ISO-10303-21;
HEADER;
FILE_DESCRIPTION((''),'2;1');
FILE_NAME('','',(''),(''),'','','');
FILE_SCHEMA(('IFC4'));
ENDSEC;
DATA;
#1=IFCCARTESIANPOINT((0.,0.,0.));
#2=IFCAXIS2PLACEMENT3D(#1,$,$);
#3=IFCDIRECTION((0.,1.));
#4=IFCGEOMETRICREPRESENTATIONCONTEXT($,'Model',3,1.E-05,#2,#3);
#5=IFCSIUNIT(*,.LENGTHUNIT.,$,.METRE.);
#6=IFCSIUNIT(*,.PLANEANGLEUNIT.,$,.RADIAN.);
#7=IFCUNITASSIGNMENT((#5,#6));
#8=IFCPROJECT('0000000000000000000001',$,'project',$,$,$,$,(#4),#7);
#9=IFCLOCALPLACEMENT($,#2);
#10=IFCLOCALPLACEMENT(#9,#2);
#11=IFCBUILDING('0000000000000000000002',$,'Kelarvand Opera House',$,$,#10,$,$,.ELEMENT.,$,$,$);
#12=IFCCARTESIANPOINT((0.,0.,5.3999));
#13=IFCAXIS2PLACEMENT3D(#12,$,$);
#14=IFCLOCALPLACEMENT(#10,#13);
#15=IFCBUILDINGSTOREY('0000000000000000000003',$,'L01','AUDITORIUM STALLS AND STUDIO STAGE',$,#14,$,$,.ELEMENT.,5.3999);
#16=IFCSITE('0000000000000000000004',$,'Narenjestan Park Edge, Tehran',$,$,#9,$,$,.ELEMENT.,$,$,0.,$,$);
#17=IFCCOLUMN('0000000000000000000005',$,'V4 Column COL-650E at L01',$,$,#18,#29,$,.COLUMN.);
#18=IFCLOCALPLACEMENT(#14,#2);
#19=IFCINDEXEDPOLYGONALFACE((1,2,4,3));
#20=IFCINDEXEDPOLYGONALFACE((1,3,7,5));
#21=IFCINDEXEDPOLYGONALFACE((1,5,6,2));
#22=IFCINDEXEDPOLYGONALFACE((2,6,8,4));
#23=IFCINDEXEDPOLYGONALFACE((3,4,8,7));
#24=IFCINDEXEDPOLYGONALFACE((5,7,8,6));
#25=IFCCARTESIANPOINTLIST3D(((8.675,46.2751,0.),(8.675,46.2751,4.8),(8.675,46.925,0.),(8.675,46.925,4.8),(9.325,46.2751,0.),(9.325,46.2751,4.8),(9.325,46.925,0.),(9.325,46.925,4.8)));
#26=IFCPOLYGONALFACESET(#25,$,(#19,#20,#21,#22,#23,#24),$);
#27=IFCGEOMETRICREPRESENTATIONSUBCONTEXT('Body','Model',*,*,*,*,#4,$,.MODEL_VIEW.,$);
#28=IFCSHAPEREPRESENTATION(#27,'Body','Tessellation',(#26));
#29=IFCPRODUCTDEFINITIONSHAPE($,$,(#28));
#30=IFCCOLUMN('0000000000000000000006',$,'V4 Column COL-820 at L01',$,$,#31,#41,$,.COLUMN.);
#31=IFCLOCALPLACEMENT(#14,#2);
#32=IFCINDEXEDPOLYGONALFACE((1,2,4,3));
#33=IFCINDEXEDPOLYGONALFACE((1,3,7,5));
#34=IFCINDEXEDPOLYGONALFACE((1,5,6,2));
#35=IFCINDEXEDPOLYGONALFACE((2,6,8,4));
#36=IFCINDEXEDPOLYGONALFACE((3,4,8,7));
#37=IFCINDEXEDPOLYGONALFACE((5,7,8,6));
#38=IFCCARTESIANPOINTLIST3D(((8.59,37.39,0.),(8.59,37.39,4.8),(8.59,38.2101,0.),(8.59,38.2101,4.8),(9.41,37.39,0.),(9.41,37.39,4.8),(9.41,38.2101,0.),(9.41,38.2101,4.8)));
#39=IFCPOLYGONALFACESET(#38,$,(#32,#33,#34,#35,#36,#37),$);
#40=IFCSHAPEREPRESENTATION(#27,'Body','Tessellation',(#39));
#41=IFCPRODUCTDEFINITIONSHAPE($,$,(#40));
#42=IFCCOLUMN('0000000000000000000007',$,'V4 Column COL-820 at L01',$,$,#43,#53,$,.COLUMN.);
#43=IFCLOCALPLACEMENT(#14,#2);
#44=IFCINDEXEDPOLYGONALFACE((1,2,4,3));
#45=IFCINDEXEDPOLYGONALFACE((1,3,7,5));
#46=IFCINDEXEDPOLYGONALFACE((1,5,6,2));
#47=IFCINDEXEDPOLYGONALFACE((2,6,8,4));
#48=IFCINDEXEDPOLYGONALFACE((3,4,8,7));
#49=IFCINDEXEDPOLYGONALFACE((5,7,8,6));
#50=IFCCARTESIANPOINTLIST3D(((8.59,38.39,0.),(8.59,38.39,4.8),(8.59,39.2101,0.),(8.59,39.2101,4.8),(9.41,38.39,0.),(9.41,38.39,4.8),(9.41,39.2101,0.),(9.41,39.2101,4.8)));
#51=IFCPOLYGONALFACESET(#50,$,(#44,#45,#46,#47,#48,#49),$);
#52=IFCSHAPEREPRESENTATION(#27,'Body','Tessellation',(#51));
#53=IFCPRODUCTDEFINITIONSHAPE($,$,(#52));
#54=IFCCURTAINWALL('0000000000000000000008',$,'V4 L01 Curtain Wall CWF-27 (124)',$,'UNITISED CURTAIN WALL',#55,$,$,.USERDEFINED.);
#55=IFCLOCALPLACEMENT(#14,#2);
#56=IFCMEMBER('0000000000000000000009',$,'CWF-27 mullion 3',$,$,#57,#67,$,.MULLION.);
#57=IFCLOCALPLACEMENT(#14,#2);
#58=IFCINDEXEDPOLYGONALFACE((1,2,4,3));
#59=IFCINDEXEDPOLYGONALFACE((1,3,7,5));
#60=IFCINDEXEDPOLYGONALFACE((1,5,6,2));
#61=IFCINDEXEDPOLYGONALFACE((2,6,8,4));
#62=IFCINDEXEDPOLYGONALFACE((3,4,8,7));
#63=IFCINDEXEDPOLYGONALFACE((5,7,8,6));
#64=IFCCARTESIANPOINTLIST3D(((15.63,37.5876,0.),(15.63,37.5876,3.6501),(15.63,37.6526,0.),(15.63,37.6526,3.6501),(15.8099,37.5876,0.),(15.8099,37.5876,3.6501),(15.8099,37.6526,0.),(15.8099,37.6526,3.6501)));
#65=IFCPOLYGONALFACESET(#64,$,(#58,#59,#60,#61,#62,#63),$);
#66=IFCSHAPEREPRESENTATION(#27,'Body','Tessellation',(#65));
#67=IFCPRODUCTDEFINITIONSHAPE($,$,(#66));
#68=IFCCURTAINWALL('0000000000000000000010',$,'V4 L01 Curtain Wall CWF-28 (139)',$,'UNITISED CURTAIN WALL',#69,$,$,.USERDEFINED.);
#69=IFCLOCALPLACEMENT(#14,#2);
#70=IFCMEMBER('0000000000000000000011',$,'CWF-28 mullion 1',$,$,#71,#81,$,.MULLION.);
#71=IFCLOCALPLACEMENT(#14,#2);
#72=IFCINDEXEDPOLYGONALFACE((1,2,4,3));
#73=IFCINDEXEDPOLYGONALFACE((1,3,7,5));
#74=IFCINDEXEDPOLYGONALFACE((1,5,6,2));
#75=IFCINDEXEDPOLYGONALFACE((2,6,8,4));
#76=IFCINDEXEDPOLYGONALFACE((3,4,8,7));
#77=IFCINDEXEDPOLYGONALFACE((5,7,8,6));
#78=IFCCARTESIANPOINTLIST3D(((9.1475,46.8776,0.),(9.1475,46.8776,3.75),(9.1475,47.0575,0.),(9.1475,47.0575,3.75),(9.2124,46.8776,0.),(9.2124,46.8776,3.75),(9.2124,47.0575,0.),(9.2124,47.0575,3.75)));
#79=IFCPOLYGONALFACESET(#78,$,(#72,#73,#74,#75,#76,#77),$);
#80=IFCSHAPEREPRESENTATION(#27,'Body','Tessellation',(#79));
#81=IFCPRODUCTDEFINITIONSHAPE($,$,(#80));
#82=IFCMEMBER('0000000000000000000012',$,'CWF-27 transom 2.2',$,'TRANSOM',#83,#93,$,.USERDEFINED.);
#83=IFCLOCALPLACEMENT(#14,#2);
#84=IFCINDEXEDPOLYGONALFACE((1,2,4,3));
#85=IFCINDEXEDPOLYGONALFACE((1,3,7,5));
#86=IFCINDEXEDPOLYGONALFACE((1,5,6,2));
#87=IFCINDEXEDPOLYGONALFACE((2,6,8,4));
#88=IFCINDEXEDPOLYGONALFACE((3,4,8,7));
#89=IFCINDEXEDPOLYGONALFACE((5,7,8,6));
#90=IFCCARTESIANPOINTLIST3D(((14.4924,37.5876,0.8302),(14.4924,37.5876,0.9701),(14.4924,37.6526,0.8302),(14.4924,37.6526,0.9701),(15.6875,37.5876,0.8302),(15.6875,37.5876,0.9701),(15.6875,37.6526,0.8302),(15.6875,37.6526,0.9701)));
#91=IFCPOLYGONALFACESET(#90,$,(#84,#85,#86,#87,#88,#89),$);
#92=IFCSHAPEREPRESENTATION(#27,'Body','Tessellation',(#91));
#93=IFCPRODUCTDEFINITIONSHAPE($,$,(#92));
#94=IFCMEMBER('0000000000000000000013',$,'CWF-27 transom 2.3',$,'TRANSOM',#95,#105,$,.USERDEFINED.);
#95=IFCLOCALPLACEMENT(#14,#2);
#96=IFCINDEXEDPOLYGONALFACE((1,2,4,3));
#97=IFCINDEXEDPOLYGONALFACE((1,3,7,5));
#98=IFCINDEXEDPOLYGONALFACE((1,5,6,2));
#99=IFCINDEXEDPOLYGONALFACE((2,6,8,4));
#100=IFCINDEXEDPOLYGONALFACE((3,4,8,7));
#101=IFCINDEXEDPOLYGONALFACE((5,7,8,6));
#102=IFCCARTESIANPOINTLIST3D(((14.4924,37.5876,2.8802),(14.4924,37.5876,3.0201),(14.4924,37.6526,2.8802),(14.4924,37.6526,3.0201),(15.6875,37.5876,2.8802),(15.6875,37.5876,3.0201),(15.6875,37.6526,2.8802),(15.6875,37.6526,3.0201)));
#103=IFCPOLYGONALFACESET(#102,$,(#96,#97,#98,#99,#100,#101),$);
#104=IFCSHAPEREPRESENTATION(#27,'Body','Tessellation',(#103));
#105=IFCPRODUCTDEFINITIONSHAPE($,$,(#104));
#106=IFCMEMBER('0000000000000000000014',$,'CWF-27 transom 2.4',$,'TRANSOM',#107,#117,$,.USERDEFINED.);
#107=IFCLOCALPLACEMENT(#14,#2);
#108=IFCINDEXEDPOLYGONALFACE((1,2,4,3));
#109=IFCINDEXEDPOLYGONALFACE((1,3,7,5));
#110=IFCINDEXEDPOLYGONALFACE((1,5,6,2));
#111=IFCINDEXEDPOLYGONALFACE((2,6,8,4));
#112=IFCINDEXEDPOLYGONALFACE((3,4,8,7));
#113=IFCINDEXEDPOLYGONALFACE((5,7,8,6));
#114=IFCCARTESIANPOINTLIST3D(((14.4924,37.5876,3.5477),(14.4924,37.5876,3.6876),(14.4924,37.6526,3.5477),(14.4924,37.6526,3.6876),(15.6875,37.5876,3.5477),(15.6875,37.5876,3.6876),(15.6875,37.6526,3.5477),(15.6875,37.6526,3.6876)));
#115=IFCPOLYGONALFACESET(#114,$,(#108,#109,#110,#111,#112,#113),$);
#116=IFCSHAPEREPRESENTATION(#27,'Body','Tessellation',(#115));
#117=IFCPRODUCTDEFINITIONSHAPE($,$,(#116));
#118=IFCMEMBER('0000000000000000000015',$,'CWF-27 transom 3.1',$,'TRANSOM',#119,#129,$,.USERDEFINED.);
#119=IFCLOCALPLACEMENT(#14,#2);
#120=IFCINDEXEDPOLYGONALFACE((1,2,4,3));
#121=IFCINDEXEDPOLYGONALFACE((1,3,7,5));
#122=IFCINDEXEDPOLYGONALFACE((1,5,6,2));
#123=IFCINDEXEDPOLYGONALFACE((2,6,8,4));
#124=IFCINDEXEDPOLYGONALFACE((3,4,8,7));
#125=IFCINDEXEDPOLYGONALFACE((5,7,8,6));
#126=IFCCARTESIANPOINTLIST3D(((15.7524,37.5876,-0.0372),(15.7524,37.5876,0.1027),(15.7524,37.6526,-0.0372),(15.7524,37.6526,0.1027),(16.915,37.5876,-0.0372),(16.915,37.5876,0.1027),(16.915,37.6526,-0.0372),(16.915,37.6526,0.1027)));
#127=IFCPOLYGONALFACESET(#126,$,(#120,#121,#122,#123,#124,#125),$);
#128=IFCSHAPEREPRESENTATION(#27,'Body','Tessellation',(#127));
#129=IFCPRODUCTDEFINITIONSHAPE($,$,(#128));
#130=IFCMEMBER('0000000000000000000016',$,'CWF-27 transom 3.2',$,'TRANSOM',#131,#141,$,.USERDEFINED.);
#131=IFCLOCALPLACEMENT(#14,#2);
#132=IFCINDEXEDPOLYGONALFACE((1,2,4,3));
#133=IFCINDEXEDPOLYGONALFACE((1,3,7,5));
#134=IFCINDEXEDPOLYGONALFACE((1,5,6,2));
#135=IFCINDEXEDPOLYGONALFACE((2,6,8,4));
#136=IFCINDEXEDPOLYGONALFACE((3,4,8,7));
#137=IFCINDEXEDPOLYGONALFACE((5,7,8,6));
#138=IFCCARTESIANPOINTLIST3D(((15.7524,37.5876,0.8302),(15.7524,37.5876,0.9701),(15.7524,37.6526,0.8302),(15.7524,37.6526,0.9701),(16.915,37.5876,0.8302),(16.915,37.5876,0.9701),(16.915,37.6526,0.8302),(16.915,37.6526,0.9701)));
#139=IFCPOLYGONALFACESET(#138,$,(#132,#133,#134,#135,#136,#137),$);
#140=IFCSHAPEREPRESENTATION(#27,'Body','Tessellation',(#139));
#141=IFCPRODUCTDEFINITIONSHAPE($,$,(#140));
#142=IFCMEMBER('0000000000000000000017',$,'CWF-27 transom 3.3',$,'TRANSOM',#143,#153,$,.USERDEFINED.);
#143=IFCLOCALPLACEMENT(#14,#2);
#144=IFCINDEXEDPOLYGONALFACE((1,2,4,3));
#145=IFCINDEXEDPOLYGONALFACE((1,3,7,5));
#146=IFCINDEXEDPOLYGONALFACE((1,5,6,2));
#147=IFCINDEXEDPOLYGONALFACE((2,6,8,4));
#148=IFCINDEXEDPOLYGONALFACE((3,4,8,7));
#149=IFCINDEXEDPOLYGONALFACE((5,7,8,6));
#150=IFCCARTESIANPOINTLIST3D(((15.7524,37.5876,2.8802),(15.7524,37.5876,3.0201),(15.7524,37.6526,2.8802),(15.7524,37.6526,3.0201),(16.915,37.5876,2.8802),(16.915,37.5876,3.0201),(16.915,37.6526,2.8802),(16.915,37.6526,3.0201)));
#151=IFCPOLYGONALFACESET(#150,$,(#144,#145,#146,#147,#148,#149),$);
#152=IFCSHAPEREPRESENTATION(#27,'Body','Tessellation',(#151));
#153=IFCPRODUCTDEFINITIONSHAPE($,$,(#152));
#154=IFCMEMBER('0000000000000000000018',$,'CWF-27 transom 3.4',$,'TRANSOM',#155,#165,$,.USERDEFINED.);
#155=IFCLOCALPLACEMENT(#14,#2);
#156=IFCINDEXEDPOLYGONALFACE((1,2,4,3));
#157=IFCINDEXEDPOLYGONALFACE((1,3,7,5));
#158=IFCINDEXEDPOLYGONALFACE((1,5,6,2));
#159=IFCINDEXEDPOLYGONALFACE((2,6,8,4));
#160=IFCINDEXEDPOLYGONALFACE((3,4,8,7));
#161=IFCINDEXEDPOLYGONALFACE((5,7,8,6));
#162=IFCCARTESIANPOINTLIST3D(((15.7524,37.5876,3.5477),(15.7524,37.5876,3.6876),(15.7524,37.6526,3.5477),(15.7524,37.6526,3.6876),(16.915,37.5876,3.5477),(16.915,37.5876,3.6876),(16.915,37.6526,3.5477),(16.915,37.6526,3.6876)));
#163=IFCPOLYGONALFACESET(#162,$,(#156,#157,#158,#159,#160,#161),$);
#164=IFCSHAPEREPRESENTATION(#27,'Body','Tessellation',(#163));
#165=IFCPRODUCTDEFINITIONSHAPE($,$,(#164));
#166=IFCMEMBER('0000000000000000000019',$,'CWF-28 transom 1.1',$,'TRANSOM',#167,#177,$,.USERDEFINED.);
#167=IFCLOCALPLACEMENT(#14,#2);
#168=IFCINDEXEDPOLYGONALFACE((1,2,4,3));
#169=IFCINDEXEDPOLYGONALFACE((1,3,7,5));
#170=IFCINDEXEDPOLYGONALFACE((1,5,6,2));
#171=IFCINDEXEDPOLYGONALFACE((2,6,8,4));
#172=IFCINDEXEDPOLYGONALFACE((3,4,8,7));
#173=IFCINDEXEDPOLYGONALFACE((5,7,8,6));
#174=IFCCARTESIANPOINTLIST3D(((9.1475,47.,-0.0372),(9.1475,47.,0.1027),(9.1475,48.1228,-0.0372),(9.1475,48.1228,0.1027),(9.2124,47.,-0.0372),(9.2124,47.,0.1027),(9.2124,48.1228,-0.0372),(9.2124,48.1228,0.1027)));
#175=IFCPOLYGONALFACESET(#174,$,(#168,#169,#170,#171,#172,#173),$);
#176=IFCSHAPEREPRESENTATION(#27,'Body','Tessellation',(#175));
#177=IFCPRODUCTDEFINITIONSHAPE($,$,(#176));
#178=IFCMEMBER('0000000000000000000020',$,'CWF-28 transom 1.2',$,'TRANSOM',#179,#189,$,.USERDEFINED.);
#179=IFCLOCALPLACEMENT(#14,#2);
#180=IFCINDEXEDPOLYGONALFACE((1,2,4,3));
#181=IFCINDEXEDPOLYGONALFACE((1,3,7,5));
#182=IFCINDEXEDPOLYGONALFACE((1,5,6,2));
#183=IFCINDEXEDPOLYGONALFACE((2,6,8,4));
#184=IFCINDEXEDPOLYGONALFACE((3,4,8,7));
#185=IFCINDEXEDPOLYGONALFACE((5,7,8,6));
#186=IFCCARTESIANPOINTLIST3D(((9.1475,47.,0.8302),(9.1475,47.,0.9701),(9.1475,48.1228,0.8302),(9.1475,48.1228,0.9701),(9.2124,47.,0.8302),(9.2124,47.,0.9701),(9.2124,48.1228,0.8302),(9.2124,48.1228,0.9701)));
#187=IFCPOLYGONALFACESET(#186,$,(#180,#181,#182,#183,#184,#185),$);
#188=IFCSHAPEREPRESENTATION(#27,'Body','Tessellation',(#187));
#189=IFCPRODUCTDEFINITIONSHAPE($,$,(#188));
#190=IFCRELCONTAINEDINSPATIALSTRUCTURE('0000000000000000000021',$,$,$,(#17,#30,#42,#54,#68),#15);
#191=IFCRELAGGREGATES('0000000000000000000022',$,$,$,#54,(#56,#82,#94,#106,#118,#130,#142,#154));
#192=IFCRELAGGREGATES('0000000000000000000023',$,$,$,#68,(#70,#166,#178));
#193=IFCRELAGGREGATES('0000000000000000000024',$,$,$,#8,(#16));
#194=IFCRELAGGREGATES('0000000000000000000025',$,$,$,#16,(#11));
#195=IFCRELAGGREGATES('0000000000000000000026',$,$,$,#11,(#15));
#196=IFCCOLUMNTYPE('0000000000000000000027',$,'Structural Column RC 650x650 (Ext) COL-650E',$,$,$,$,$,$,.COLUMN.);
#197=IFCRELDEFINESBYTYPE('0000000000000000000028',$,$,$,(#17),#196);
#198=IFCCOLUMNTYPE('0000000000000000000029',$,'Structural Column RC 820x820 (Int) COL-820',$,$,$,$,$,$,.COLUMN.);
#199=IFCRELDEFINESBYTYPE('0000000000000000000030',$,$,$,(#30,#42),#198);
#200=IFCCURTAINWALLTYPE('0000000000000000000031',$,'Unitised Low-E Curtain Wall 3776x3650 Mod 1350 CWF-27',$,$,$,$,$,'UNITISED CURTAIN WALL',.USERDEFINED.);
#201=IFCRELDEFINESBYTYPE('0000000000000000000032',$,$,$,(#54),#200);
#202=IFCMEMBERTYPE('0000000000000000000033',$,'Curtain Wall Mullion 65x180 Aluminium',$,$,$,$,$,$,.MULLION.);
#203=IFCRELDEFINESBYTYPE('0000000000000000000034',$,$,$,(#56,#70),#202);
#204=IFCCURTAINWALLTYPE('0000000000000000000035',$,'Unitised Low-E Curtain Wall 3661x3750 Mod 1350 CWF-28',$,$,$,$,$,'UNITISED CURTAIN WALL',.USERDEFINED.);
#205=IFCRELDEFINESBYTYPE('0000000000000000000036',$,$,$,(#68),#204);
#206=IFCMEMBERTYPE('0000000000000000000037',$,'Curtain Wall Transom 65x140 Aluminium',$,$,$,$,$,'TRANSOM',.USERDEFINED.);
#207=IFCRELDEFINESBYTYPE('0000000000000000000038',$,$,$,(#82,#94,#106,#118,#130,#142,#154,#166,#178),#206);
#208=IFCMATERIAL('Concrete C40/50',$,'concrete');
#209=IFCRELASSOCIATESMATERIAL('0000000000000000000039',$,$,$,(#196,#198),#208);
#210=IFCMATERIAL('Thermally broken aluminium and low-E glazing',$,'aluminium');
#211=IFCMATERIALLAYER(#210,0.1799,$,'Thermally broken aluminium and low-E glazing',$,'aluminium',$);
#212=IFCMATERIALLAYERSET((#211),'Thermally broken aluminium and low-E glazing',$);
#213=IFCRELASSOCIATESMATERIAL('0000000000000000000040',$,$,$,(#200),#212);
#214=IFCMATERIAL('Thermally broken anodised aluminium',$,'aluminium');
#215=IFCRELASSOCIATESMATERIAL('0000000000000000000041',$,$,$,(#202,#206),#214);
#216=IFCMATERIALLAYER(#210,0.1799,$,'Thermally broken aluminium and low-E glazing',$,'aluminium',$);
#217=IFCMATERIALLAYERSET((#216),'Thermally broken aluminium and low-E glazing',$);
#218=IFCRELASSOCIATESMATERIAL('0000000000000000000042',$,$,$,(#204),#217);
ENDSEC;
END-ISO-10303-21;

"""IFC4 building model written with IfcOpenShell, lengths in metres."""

from ifc_helpers import new_model, si_unit, direction, frame, origin, origin_2d, place, context, subcontext, project, spatial, rectangle, extrude, material, layer, layer_set, material_profile, profile_set, type_object, element, aggregate, save


model = new_model("IFC4")

# Units and contexts
model_context = context("Model", 3, precision=1e-05, world=origin(), true_north=direction((0.0, 1.0)))
body_context = subcontext(model_context, "Body", "Model", "MODEL_VIEW")
ifc_project = project(units=[si_unit("LENGTHUNIT", "METRE"), si_unit("PLANEANGLEUNIT", "RADIAN")], contexts=[model_context])

# Site, building, storey
site_placement = place(None, origin())
site = spatial("IfcSite", under=ifc_project, at=site_placement, Name="Narenjestan Park Edge, Tehran", CompositionType="ELEMENT", RefElevation=0.0)
building_placement = place(site_placement, origin())
building = spatial("IfcBuilding", under=site, at=building_placement, Name="Kelarvand Opera House", CompositionType="ELEMENT")
storey_placement = place(building_placement, frame((0.0, 0.0, 5.3999)))
storey = spatial("IfcBuildingStorey", under=building, at=storey_placement, Name="L01", Description="AUDITORIUM STALLS AND STUDIO STAGE", CompositionType="ELEMENT", Elevation=5.3999)

# Columns
ifc_material_1 = material(Name="Concrete C40/50", Category="concrete")
ifc_material_profile_1 = material_profile(ifc_material_1, rectangle(XDim=0.6499, YDim=0.6499, at=origin_2d()), Name="RC 650x650", Category="concrete")
ifc_profile_set_1 = profile_set([ifc_material_profile_1], Name="Concrete C40/50")
column_type_1 = type_object("IfcColumnType", Name="Structural Column RC 650x650 (Ext) COL-650E", PredefinedType="COLUMN", material=ifc_profile_set_1)
column_placement = place(storey_placement, frame((9.0, 46.6001, 0.0), z_axis=(0.0, 0.0, 1.0), x_axis=(1.0, 0.0, 0.0)))
element("IfcColumn", 1, at=column_placement, inside=storey, type_object=column_type_1, Name="V4 Column COL-650E at L01", PredefinedType="COLUMN", context=body_context, shape_type="SweptSolid", body=[
    extrude(rectangle(XDim=0.6499, YDim=0.6499, at=origin_2d()), origin(), (0.0, 0.0, 1.0), 4.8),
])
ifc_material_profile_2 = material_profile(ifc_material_1, rectangle(XDim=0.8201, YDim=0.8201, at=origin_2d()), Name="RC 820x820", Category="concrete")
ifc_profile_set_2 = profile_set([ifc_material_profile_2], Name="Concrete C40/50")
column_type_2 = type_object("IfcColumnType", Name="Structural Column RC 820x820 (Int) COL-820", PredefinedType="COLUMN", material=ifc_profile_set_2)
for number, where, z_axis, x_axis, name in (
    (2, (9.0, 37.8, 0.0), (0.0, 0.0, 1.0), (1.0, 0.0, 0.0), "V4 Column COL-820 at L01"),
    (3, (9.0, 38.8, 0.0), (0.0, 0.0, 1.0), (1.0, 0.0, 0.0), "V4 Column COL-820 at L01"),
):
    element("IfcColumn", number, at=place(storey_placement, frame(where, z_axis=z_axis, x_axis=x_axis)), inside=storey, type_object=column_type_2, Name=name, PredefinedType="COLUMN", context=body_context, shape_type="SweptSolid", body=[
        extrude(rectangle(XDim=0.8201, YDim=0.8201, at=origin_2d()), origin(), (0.0, 0.0, 1.0), 4.8),
    ])

# Curtain walls, members
ifc_material_2 = material(Name="Thermally broken aluminium and low-E glazing", Category="aluminium")
ifc_layer_1 = layer(ifc_material_2, 0.1799, Name="Thermally broken aluminium and low-E glazing", Category="aluminium")
ifc_layer_set_1 = layer_set([ifc_layer_1], Name="Thermally broken aluminium and low-E glazing")
curtain_wall_type_1 = type_object("IfcCurtainWallType", Name="Unitised Low-E Curtain Wall 3776x3650 Mod 1350 CWF-27", ElementType="UNITISED CURTAIN WALL", PredefinedType="USERDEFINED", material=ifc_layer_set_1)
curtain_wall_1_placement = place(storey_placement, origin())
curtain_wall_1 = element("IfcCurtainWall", 4, at=curtain_wall_1_placement, inside=storey, type_object=curtain_wall_type_1, Name="V4 L01 Curtain Wall CWF-27 (124)", ObjectType="UNITISED CURTAIN WALL", PredefinedType="USERDEFINED")
ifc_material_3 = material(Name="Thermally broken anodised aluminium", Category="aluminium")
ifc_material_profile_3 = material_profile(ifc_material_3, rectangle(XDim=0.0649, YDim=0.1799, at=origin_2d()), Name="ALU MULLION 65x180", Category="aluminium")
ifc_profile_set_3 = profile_set([ifc_material_profile_3], Name="Thermally broken anodised aluminium")
member_type_1 = type_object("IfcMemberType", Name="Curtain Wall Mullion 65x180 Aluminium", PredefinedType="MULLION", material=ifc_profile_set_3)
member_1_placement = place(storey_placement, frame((15.72, 37.6201, 0.0), z_axis=(0.0, 0.0, 1.0), x_axis=(0.0, 1.0, 0.0)))
member_1 = element("IfcMember", 5, at=member_1_placement, type_object=member_type_1, Name="CWF-27 mullion 3", PredefinedType="MULLION", context=body_context, shape_type="SweptSolid", body=[
    extrude(rectangle(XDim=0.0649, YDim=0.1799, at=origin_2d()), origin(), (0.0, 0.0, 1.0), 3.6501),
])
ifc_layer_2 = layer(ifc_material_2, 0.1799, Name="Thermally broken aluminium and low-E glazing", Category="aluminium")
ifc_layer_set_2 = layer_set([ifc_layer_2], Name="Thermally broken aluminium and low-E glazing")
curtain_wall_type_2 = type_object("IfcCurtainWallType", Name="Unitised Low-E Curtain Wall 3661x3750 Mod 1350 CWF-28", ElementType="UNITISED CURTAIN WALL", PredefinedType="USERDEFINED", material=ifc_layer_set_2)
curtain_wall_2_placement = place(storey_placement, origin())
curtain_wall_2 = element("IfcCurtainWall", 6, at=curtain_wall_2_placement, inside=storey, type_object=curtain_wall_type_2, Name="V4 L01 Curtain Wall CWF-28 (139)", ObjectType="UNITISED CURTAIN WALL", PredefinedType="USERDEFINED")
member_2_placement = place(storey_placement, frame((9.1799, 46.9675, 0.0), z_axis=(0.0, 0.0, 1.0), x_axis=(-1.0, 0.0, 0.0)))
member_2 = element("IfcMember", 7, at=member_2_placement, type_object=member_type_1, Name="CWF-28 mullion 1", PredefinedType="MULLION", context=body_context, shape_type="SweptSolid", body=[
    extrude(rectangle(XDim=0.0649, YDim=0.1799, at=origin_2d()), origin(), (0.0, 0.0, 1.0), 3.75),
])

# Members
ifc_material_profile_4 = material_profile(ifc_material_3, rectangle(XDim=0.0649, YDim=0.1399, at=origin_2d()), Name="ALU TRANSOM 65x140", Category="aluminium")
ifc_profile_set_4 = profile_set([ifc_material_profile_4], Name="Thermally broken anodised aluminium")
member_type_2 = type_object("IfcMemberType", Name="Curtain Wall Transom 65x140 Aluminium", ElementType="TRANSOM", PredefinedType="USERDEFINED", material=ifc_profile_set_4)
member_3_placement = place(storey_placement, frame((14.4924, 37.6201, 0.9001), z_axis=(1.0, 0.0, 0.0), x_axis=(0.0, 1.0, 0.0)))
member_3 = element("IfcMember", 8, at=member_3_placement, type_object=member_type_2, Name="CWF-27 transom 2.2", ObjectType="TRANSOM", PredefinedType="USERDEFINED", context=body_context, shape_type="SweptSolid", body=[
    extrude(rectangle(XDim=0.0649, YDim=0.1399, at=origin_2d()), origin(), (0.0, 0.0, 1.0), 1.1951),
])
member_4_placement = place(storey_placement, frame((14.4924, 37.6201, 2.9502), z_axis=(1.0, 0.0, 0.0), x_axis=(0.0, 1.0, 0.0)))
member_4 = element("IfcMember", 9, at=member_4_placement, type_object=member_type_2, Name="CWF-27 transom 2.3", ObjectType="TRANSOM", PredefinedType="USERDEFINED", context=body_context, shape_type="SweptSolid", body=[
    extrude(rectangle(XDim=0.0649, YDim=0.1399, at=origin_2d()), origin(), (0.0, 0.0, 1.0), 1.1951),
])
member_5_placement = place(storey_placement, frame((14.4924, 37.6201, 3.6177), z_axis=(1.0, 0.0, 0.0), x_axis=(0.0, 1.0, 0.0)))
member_5 = element("IfcMember", 10, at=member_5_placement, type_object=member_type_2, Name="CWF-27 transom 2.4", ObjectType="TRANSOM", PredefinedType="USERDEFINED", context=body_context, shape_type="SweptSolid", body=[
    extrude(rectangle(XDim=0.0649, YDim=0.1399, at=origin_2d()), origin(), (0.0, 0.0, 1.0), 1.1951),
])
member_6_placement = place(storey_placement, frame((15.7524, 37.6201, 0.0327), z_axis=(1.0, 0.0, 0.0), x_axis=(0.0, 1.0, 0.0)))
member_6 = element("IfcMember", 11, at=member_6_placement, type_object=member_type_2, Name="CWF-27 transom 3.1", ObjectType="TRANSOM", PredefinedType="USERDEFINED", context=body_context, shape_type="SweptSolid", body=[
    extrude(rectangle(XDim=0.0649, YDim=0.1399, at=origin_2d()), origin(), (0.0, 0.0, 1.0), 1.1626),
])
member_7_placement = place(storey_placement, frame((15.7524, 37.6201, 0.9001), z_axis=(1.0, 0.0, 0.0), x_axis=(0.0, 1.0, 0.0)))
member_7 = element("IfcMember", 12, at=member_7_placement, type_object=member_type_2, Name="CWF-27 transom 3.2", ObjectType="TRANSOM", PredefinedType="USERDEFINED", context=body_context, shape_type="SweptSolid", body=[
    extrude(rectangle(XDim=0.0649, YDim=0.1399, at=origin_2d()), origin(), (0.0, 0.0, 1.0), 1.1626),
])
member_8_placement = place(storey_placement, frame((15.7524, 37.6201, 2.9502), z_axis=(1.0, 0.0, 0.0), x_axis=(0.0, 1.0, 0.0)))
member_8 = element("IfcMember", 13, at=member_8_placement, type_object=member_type_2, Name="CWF-27 transom 3.3", ObjectType="TRANSOM", PredefinedType="USERDEFINED", context=body_context, shape_type="SweptSolid", body=[
    extrude(rectangle(XDim=0.0649, YDim=0.1399, at=origin_2d()), origin(), (0.0, 0.0, 1.0), 1.1626),
])
member_9_placement = place(storey_placement, frame((15.7524, 37.6201, 3.6177), z_axis=(1.0, 0.0, 0.0), x_axis=(0.0, 1.0, 0.0)))
member_9 = element("IfcMember", 14, at=member_9_placement, type_object=member_type_2, Name="CWF-27 transom 3.4", ObjectType="TRANSOM", PredefinedType="USERDEFINED", context=body_context, shape_type="SweptSolid", body=[
    extrude(rectangle(XDim=0.0649, YDim=0.1399, at=origin_2d()), origin(), (0.0, 0.0, 1.0), 1.1626),
])
member_10_placement = place(storey_placement, frame((9.1799, 47.0, 0.0327), z_axis=(0.0, 1.0, 0.0), x_axis=(-1.0, 0.0, 0.0)))
member_10 = element("IfcMember", 15, at=member_10_placement, type_object=member_type_2, Name="CWF-28 transom 1.1", ObjectType="TRANSOM", PredefinedType="USERDEFINED", context=body_context, shape_type="SweptSolid", body=[
    extrude(rectangle(XDim=0.0649, YDim=0.1399, at=origin_2d()), origin(), (0.0, 0.0, 1.0), 1.1228),
])
member_11_placement = place(storey_placement, frame((9.1799, 47.0, 0.9001), z_axis=(0.0, 1.0, 0.0), x_axis=(-1.0, 0.0, 0.0)))
member_11 = element("IfcMember", 16, at=member_11_placement, type_object=member_type_2, Name="CWF-28 transom 1.2", ObjectType="TRANSOM", PredefinedType="USERDEFINED", context=body_context, shape_type="SweptSolid", body=[
    extrude(rectangle(XDim=0.0649, YDim=0.1399, at=origin_2d()), origin(), (0.0, 0.0, 1.0), 1.1228),
])

aggregate(curtain_wall_1, [member_1, member_3, member_4, member_5, member_6, member_7, member_8, member_9])
aggregate(curtain_wall_2, [member_2, member_10, member_11])

save(model, "model.ifc")
